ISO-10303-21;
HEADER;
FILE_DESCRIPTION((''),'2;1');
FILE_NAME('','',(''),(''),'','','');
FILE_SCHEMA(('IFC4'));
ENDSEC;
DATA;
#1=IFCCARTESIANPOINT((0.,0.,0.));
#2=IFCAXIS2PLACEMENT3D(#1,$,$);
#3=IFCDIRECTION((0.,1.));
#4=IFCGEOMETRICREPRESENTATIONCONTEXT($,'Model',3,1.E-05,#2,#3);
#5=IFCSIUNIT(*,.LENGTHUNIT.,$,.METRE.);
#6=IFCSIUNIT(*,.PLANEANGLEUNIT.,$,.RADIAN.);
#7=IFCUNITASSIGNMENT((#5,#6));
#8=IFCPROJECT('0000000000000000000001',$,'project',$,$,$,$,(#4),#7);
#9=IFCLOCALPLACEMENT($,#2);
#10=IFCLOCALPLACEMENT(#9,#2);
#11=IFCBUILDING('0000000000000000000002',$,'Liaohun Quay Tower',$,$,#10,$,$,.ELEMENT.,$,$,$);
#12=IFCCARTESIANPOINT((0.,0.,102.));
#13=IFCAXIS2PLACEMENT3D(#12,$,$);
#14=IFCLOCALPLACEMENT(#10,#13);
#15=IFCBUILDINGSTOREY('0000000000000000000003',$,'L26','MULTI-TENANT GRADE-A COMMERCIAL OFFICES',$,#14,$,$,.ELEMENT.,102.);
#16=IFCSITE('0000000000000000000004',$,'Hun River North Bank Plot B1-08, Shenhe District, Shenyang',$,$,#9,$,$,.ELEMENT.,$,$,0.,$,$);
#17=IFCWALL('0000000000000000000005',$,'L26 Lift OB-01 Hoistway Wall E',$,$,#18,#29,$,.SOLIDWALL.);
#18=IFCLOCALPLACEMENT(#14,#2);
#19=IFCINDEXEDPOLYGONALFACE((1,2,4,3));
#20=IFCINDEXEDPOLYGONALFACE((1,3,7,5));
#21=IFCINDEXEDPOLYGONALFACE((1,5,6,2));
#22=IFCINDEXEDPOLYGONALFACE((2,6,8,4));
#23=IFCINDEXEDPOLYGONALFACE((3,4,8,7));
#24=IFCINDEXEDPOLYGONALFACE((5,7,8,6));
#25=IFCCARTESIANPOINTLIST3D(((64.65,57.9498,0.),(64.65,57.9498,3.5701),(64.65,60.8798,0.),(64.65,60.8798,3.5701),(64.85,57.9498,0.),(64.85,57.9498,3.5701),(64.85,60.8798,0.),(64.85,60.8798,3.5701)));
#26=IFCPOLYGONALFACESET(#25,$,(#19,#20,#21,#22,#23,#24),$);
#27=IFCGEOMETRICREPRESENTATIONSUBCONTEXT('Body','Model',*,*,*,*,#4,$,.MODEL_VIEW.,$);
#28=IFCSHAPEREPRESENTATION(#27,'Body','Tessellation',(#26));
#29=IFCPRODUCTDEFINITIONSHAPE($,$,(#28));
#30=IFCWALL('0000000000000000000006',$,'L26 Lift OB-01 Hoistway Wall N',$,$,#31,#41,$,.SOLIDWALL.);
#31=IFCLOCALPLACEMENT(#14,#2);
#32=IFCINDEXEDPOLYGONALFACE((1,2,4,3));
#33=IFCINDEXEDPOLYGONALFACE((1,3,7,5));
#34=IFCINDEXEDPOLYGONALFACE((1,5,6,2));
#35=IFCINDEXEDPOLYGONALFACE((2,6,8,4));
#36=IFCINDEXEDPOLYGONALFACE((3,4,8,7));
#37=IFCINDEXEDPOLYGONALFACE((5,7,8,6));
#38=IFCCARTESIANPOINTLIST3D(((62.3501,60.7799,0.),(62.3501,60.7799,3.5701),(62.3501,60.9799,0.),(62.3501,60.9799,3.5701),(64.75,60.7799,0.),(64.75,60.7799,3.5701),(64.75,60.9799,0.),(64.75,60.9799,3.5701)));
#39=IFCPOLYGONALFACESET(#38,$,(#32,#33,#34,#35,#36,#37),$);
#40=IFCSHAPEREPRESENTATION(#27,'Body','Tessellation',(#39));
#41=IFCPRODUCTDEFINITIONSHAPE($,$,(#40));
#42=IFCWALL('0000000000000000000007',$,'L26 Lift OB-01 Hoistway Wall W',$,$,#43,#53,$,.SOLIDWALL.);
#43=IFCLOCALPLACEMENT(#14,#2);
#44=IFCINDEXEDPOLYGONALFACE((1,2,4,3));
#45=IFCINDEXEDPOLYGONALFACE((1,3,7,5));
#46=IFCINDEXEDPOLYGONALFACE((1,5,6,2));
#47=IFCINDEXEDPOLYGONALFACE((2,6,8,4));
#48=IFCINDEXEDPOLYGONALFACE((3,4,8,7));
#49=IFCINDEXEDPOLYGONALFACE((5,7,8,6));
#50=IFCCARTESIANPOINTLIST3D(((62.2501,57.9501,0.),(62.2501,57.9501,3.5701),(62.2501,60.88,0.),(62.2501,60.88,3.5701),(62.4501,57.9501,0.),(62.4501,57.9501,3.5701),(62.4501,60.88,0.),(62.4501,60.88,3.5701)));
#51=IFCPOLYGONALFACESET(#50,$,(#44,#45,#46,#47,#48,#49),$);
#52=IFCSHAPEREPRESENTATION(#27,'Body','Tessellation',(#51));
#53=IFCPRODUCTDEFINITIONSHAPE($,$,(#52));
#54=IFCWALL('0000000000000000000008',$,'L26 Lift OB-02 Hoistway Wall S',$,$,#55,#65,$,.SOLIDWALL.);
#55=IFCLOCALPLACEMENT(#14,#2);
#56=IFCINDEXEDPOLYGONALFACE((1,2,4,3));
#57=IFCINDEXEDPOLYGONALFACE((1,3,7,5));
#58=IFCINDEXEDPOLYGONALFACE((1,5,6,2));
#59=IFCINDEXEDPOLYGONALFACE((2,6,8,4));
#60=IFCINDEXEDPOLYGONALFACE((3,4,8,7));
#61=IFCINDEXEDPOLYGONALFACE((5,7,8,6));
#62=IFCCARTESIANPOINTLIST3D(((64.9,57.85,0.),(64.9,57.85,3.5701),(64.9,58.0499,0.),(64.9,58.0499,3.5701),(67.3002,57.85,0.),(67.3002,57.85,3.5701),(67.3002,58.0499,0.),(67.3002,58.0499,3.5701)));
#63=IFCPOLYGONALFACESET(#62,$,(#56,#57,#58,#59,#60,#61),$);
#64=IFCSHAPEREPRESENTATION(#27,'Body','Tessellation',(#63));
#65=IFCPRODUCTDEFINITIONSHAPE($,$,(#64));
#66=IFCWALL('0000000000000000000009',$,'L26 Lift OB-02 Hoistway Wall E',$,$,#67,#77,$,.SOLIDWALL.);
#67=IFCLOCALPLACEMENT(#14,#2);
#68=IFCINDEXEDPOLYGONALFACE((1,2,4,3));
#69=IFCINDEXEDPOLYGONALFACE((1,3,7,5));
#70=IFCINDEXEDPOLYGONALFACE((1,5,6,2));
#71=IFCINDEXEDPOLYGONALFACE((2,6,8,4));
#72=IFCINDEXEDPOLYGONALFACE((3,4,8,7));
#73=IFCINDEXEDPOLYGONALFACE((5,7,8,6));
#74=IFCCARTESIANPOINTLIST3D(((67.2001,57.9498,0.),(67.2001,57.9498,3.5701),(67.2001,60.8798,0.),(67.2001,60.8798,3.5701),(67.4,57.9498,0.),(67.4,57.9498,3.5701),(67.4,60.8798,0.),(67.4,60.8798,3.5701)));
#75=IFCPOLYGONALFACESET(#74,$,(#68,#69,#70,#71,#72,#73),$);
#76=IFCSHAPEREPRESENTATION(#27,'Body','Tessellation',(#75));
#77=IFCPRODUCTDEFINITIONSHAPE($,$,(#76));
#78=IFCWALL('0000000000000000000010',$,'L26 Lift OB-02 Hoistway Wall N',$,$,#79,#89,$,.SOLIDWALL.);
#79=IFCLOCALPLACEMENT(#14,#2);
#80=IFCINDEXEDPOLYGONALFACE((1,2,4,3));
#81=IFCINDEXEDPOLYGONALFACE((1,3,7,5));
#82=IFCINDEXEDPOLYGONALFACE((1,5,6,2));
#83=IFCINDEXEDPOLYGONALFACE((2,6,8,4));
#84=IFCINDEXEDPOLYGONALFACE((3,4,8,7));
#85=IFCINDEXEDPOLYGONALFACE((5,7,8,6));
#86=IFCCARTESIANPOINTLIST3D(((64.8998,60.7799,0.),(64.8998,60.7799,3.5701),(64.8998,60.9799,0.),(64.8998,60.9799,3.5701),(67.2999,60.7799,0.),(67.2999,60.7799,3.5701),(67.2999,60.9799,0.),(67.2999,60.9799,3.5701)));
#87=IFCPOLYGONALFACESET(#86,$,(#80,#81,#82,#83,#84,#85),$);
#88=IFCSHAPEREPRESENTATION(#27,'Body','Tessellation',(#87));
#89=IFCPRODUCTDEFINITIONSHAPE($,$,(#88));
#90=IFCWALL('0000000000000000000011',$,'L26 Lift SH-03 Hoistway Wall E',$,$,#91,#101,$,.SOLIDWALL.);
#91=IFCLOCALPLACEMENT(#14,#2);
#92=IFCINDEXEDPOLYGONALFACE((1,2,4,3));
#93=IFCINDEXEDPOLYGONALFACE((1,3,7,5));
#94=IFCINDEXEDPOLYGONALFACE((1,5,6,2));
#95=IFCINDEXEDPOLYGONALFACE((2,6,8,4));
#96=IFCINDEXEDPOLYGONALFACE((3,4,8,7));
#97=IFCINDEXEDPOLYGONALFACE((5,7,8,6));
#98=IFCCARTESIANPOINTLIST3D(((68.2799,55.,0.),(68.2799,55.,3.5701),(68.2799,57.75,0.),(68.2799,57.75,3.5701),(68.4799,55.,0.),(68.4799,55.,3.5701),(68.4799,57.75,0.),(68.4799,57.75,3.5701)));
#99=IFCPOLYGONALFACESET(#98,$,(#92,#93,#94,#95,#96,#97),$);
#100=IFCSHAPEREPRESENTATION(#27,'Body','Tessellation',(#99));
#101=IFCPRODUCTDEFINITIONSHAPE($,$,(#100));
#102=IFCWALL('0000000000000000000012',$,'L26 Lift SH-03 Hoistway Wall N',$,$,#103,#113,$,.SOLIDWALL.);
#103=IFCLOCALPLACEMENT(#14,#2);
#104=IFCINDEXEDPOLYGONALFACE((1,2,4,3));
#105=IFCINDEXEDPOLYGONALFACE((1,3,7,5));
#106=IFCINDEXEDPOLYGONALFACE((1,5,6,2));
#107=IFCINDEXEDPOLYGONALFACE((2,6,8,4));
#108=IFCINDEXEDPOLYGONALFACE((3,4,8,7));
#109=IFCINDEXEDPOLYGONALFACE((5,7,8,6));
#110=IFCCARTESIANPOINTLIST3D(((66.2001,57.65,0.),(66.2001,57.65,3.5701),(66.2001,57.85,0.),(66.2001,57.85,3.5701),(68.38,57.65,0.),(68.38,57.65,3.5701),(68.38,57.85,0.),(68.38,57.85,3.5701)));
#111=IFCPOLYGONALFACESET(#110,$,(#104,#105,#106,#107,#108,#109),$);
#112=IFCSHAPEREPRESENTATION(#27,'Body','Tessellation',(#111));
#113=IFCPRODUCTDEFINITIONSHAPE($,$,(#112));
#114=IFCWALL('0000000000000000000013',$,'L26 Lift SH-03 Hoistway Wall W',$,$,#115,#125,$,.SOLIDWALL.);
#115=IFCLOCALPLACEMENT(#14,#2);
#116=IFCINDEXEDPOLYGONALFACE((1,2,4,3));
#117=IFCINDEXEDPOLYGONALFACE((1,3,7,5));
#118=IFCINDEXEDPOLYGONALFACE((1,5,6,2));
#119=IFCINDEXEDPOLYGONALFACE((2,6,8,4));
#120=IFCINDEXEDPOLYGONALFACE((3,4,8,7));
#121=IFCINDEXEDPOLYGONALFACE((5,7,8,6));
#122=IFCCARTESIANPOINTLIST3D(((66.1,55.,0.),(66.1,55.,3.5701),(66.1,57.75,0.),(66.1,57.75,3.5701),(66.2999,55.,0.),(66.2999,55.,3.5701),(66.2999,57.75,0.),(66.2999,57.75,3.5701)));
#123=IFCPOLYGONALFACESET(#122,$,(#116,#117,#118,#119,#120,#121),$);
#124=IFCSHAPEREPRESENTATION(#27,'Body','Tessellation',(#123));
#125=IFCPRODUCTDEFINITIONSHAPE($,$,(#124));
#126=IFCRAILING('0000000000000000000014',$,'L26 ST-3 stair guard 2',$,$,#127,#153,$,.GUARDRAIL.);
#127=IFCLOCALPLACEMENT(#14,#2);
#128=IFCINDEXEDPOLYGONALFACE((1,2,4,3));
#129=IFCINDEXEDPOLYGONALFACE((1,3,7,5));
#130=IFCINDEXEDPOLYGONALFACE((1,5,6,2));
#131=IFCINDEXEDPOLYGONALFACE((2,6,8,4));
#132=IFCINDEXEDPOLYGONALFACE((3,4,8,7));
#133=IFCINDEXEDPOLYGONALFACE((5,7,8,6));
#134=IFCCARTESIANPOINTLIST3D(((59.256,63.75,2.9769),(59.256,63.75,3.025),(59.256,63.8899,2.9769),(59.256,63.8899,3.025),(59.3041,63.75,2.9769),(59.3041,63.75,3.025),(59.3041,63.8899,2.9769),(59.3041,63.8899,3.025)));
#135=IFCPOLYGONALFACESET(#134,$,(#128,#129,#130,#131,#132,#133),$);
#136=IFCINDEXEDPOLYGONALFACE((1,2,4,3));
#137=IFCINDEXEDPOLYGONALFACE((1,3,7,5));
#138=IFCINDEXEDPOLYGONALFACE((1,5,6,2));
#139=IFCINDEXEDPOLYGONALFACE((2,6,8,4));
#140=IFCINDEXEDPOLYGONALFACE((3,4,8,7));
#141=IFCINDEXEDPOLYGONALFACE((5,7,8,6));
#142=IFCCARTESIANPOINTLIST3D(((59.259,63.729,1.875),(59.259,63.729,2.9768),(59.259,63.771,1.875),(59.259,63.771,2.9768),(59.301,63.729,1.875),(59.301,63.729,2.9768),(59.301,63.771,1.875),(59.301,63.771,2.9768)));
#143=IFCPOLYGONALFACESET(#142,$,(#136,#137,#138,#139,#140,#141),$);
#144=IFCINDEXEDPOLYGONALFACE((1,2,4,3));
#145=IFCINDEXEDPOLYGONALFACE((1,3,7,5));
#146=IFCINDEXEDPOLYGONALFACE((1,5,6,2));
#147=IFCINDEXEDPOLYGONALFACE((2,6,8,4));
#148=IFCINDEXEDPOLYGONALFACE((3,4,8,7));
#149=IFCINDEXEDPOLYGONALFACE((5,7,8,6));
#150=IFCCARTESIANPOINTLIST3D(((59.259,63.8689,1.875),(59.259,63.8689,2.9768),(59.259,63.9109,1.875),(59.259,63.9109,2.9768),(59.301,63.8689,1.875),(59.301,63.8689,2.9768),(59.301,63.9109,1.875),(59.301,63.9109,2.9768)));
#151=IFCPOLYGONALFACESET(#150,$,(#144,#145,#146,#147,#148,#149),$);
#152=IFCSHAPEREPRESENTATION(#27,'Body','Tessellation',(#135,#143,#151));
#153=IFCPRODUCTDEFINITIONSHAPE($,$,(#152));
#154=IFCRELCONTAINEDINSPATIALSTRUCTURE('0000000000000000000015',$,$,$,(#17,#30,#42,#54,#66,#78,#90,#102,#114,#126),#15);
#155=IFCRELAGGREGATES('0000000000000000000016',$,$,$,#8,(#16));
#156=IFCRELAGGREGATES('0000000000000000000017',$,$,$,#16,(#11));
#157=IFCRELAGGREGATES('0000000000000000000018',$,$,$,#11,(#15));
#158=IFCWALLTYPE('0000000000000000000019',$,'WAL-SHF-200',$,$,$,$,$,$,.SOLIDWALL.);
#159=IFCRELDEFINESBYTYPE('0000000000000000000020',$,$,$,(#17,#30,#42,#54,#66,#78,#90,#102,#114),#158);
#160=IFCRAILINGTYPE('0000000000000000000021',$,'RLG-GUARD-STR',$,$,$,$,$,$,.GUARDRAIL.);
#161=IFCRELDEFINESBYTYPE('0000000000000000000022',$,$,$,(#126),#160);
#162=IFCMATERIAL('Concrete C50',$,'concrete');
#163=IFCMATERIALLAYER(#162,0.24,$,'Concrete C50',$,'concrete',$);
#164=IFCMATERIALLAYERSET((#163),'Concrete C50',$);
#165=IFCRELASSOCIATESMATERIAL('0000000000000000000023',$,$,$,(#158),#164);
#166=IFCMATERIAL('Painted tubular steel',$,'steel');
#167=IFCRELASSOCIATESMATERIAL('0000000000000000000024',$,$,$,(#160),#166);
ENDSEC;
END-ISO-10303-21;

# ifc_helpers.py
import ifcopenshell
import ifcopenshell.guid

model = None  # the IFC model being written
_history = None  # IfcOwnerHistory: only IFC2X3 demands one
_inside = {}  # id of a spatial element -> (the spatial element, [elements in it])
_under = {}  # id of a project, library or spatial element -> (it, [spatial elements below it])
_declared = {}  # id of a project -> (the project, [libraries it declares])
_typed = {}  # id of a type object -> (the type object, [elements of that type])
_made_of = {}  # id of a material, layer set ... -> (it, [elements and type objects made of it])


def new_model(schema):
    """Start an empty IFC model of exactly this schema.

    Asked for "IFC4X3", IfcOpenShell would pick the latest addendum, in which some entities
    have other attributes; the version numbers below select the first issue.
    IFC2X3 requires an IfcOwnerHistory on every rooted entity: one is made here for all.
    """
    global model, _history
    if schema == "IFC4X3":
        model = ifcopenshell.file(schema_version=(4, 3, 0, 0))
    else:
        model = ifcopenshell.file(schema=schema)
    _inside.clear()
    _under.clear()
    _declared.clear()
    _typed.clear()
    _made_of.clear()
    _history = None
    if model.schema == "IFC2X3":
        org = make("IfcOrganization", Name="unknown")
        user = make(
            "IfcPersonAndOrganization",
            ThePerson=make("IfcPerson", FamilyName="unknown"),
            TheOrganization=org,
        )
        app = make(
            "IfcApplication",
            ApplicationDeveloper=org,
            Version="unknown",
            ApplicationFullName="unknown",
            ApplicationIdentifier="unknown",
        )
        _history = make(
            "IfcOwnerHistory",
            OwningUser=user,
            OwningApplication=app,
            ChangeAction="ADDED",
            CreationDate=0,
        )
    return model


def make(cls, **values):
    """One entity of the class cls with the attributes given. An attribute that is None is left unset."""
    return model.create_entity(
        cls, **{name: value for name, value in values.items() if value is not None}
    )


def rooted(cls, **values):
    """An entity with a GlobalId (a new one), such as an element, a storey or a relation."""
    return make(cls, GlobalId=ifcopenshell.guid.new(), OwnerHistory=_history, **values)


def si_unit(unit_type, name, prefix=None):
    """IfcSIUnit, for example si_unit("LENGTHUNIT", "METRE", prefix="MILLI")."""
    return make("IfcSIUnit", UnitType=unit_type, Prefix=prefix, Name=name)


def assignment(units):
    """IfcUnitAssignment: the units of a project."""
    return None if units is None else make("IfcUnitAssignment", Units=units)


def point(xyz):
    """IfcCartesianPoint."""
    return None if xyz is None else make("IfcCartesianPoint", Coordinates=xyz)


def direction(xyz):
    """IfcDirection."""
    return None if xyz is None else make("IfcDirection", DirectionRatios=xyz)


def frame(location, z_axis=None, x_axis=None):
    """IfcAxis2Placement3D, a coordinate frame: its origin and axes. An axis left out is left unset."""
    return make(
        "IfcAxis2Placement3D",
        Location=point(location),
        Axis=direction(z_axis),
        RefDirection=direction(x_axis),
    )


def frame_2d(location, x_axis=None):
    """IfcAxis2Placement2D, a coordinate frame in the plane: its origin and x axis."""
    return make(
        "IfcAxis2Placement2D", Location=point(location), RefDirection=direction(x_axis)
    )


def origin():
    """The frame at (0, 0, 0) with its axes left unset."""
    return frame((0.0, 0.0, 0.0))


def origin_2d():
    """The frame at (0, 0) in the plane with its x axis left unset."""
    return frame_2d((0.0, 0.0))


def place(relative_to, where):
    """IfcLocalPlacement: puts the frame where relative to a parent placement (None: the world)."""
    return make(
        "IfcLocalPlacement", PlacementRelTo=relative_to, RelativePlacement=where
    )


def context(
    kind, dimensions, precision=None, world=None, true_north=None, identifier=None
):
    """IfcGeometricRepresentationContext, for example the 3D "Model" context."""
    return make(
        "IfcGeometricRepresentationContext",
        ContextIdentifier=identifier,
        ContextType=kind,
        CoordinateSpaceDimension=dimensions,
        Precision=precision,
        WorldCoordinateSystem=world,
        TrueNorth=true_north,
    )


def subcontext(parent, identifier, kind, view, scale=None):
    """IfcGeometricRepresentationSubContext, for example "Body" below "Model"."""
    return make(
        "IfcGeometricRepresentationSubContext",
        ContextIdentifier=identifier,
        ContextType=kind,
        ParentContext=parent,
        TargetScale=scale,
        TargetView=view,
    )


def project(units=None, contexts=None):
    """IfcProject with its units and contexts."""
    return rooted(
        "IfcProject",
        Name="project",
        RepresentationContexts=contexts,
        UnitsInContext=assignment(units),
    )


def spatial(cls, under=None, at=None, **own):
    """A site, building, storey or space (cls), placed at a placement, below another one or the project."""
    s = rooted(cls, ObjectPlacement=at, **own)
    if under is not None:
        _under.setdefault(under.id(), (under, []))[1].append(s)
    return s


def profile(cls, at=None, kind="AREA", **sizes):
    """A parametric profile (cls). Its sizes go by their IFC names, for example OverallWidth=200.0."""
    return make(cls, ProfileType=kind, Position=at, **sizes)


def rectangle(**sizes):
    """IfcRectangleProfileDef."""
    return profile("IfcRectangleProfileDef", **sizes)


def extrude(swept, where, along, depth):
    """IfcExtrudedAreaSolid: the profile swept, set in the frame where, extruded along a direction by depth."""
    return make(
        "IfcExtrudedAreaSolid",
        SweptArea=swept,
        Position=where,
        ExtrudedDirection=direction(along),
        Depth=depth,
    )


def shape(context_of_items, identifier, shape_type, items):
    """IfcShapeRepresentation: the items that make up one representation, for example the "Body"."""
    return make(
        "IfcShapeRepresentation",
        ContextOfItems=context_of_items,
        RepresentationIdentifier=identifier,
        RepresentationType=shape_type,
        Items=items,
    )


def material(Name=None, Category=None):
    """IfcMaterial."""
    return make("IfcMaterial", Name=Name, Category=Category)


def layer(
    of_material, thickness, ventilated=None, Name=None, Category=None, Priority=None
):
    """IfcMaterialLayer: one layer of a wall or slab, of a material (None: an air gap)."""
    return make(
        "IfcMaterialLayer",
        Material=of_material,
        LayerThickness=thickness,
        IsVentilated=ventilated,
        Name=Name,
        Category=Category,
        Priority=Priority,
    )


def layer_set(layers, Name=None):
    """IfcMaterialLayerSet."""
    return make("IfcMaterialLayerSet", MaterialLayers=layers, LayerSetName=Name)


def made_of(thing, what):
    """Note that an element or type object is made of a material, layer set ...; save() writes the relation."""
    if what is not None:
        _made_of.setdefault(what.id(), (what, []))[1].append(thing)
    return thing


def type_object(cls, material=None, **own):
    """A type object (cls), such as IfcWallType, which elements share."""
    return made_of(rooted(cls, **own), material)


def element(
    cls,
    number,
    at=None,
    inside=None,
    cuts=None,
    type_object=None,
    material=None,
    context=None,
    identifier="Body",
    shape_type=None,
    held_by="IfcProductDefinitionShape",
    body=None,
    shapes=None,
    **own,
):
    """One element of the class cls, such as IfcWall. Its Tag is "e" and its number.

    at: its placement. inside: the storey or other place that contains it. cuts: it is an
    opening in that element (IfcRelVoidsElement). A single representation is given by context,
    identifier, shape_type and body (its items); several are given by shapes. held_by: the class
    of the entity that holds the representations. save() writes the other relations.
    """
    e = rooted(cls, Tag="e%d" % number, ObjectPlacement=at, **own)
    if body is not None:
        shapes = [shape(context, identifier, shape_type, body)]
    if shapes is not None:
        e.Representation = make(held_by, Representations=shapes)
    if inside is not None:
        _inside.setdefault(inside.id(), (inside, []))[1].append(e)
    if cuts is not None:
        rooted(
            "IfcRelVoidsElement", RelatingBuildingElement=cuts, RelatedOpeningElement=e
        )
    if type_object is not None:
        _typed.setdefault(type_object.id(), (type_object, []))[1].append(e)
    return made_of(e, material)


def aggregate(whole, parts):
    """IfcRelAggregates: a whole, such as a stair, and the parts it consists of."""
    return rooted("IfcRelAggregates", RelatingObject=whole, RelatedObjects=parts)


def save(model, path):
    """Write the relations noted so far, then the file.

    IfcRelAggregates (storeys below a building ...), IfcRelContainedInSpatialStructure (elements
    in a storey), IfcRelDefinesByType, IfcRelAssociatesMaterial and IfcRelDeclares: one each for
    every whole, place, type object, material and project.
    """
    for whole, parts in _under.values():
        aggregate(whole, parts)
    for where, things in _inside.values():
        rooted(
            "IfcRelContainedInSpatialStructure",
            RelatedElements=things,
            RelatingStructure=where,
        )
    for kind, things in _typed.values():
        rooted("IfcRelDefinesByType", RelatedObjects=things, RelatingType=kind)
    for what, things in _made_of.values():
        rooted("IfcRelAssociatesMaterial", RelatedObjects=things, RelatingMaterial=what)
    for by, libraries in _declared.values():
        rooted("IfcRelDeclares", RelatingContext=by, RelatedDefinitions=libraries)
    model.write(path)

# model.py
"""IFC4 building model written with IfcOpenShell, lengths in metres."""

from ifc_helpers import new_model, si_unit, direction, frame, frame_2d, origin, origin_2d, place, context, subcontext, project, spatial, rectangle, extrude, material, layer, layer_set, type_object, element, save


model = new_model("IFC4")

# Units and contexts
model_context = context("Model", 3, precision=1e-05, world=origin(), true_north=direction((0.0, 1.0)))
body_context = subcontext(model_context, "Body", "Model", "MODEL_VIEW")
ifc_project = project(units=[si_unit("LENGTHUNIT", "METRE"), si_unit("PLANEANGLEUNIT", "RADIAN")], contexts=[model_context])

# Site, building, storey
site_placement = place(None, origin())
site = spatial("IfcSite", under=ifc_project, at=site_placement, Name="Hun River North Bank Plot B1-08, Shenhe District, Shenyang", CompositionType="ELEMENT", RefElevation=0.0)
building_placement = place(site_placement, origin())
building = spatial("IfcBuilding", under=site, at=building_placement, Name="Liaohun Quay Tower", CompositionType="ELEMENT")
storey_placement = place(building_placement, frame((0.0, 0.0, 102.0)))
storey = spatial("IfcBuildingStorey", under=building, at=storey_placement, Name="L26", Description="MULTI-TENANT GRADE-A COMMERCIAL OFFICES", CompositionType="ELEMENT", Elevation=102.0)

# Shared definitions
ifc_material_1 = material(Name="Concrete C50", Category="concrete")
ifc_layer_1 = layer(ifc_material_1, 0.24, Name="Concrete C50", Category="concrete")
ifc_layer_set_1 = layer_set([ifc_layer_1], Name="Concrete C50")
wall_type_1 = type_object("IfcWallType", Name="WAL-SHF-200", PredefinedType="SOLIDWALL", material=ifc_layer_set_1)

# Walls
wall_1_placement = place(storey_placement, frame((64.75, 57.95, 0.0), z_axis=(0.0, 0.0, 1.0), x_axis=(0.0, 1.0, 0.0)))
element("IfcWall", 1, at=wall_1_placement, inside=storey, type_object=wall_type_1, Name="L26 Lift OB-01 Hoistway Wall E", PredefinedType="SOLIDWALL", context=body_context, shape_type="SweptSolid", body=[
    extrude(rectangle(XDim=2.9299, YDim=0.2, at=frame_2d((1.4648, 0.0))), origin(), (0.0, 0.0, 1.0), 3.5701),
])
wall_2_placement = place(storey_placement, frame((64.75, 60.8799, 0.0), z_axis=(0.0, 0.0, 1.0), x_axis=(-1.0, 0.0, 0.0)))
element("IfcWall", 2, at=wall_2_placement, inside=storey, type_object=wall_type_1, Name="L26 Lift OB-01 Hoistway Wall N", PredefinedType="SOLIDWALL", context=body_context, shape_type="SweptSolid", body=[
    extrude(rectangle(XDim=2.3999, YDim=0.2, at=frame_2d((1.2, 0.0))), origin(), (0.0, 0.0, 1.0), 3.5701),
])
wall_3_placement = place(storey_placement, frame((62.3501, 60.8799, 0.0), z_axis=(0.0, 0.0, 1.0), x_axis=(0.0, -1.0, 0.0)))
element("IfcWall", 3, at=wall_3_placement, inside=storey, type_object=wall_type_1, Name="L26 Lift OB-01 Hoistway Wall W", PredefinedType="SOLIDWALL", context=body_context, shape_type="SweptSolid", body=[
    extrude(rectangle(XDim=2.9299, YDim=0.2, at=frame_2d((1.4648, 0.0))), origin(), (0.0, 0.0, 1.0), 3.5701),
])
wall_4_placement = place(storey_placement, frame((64.8999, 57.95, 0.0), z_axis=(0.0, 0.0, 1.0), x_axis=(1.0, 0.0, 0.0)))
element("IfcWall", 4, at=wall_4_placement, inside=storey, type_object=wall_type_1, Name="L26 Lift OB-02 Hoistway Wall S", PredefinedType="SOLIDWALL", context=body_context, shape_type="SweptSolid", body=[
    extrude(rectangle(XDim=2.4001, YDim=0.2, at=frame_2d((1.2002, 0.0))), origin(), (0.0, 0.0, 1.0), 3.5701),
])
wall_5_placement = place(storey_placement, frame((67.3, 57.95, 0.0), z_axis=(0.0, 0.0, 1.0), x_axis=(0.0, 1.0, 0.0)))
element("IfcWall", 5, at=wall_5_placement, inside=storey, type_object=wall_type_1, Name="L26 Lift OB-02 Hoistway Wall E", PredefinedType="SOLIDWALL", context=body_context, shape_type="SweptSolid", body=[
    extrude(rectangle(XDim=2.9299, YDim=0.2, at=frame_2d((1.4648, 0.0))), origin(), (0.0, 0.0, 1.0), 3.5701),
])
wall_6_placement = place(storey_placement, frame((67.3, 60.8799, 0.0), z_axis=(0.0, 0.0, 1.0), x_axis=(-1.0, 0.0, 0.0)))
element("IfcWall", 6, at=wall_6_placement, inside=storey, type_object=wall_type_1, Name="L26 Lift OB-02 Hoistway Wall N", PredefinedType="SOLIDWALL", context=body_context, shape_type="SweptSolid", body=[
    extrude(rectangle(XDim=2.4001, YDim=0.2, at=frame_2d((1.2002, 0.0))), origin(), (0.0, 0.0, 1.0), 3.5701),
])
wall_7_placement = place(storey_placement, frame((68.3799, 55.0, 0.0), z_axis=(0.0, 0.0, 1.0), x_axis=(0.0, 1.0, 0.0)))
element("IfcWall", 7, at=wall_7_placement, inside=storey, type_object=wall_type_1, Name="L26 Lift SH-03 Hoistway Wall E", PredefinedType="SOLIDWALL", context=body_context, shape_type="SweptSolid", body=[
    extrude(rectangle(XDim=2.75, YDim=0.2, at=frame_2d((1.375, 0.0))), origin(), (0.0, 0.0, 1.0), 3.5701),
])
wall_8_placement = place(storey_placement, frame((68.3799, 57.75, 0.0), z_axis=(0.0, 0.0, 1.0), x_axis=(-1.0, 0.0, 0.0)))
element("IfcWall", 8, at=wall_8_placement, inside=storey, type_object=wall_type_1, Name="L26 Lift SH-03 Hoistway Wall N", PredefinedType="SOLIDWALL", context=body_context, shape_type="SweptSolid", body=[
    extrude(rectangle(XDim=2.1799, YDim=0.2, at=frame_2d((1.0898, 0.0))), origin(), (0.0, 0.0, 1.0), 3.5701),
])
wall_9_placement = place(storey_placement, frame((66.2, 57.75, 0.0), z_axis=(0.0, 0.0, 1.0), x_axis=(0.0, -1.0, 0.0)))
element("IfcWall", 9, at=wall_9_placement, inside=storey, type_object=wall_type_1, Name="L26 Lift SH-03 Hoistway Wall W", PredefinedType="SOLIDWALL", context=body_context, shape_type="SweptSolid", body=[
    extrude(rectangle(XDim=2.75, YDim=0.2, at=frame_2d((1.375, 0.0))), origin(), (0.0, 0.0, 1.0), 3.5701),
])

# Railing
ifc_material_2 = material(Name="Painted tubular steel", Category="steel")
railing_type = type_object("IfcRailingType", Name="RLG-GUARD-STR", PredefinedType="GUARDRAIL", material=ifc_material_2)
railing_placement = place(storey_placement, frame((59.28, 63.75, 1.875)))
element("IfcRailing", 10, at=railing_placement, inside=storey, type_object=railing_type, Name="L26 ST-3 stair guard 2", PredefinedType="GUARDRAIL", context=body_context, shape_type="SweptSolid", body=[
    extrude(rectangle(XDim=0.0481, YDim=0.0481, at=origin_2d()), frame((0.0, 0.0, 1.126), z_axis=(0.0, 1.0, 0.0), x_axis=(-1.0, 0.0, 0.0)), (0.0, 0.0, 1.0), 0.1399),
    extrude(rectangle(XDim=0.042, YDim=0.042, at=origin_2d()), origin(), (0.0, 0.0, 1.0), 1.1018),
    extrude(rectangle(XDim=0.042, YDim=0.042, at=origin_2d()), frame((0.0, 0.1399, 0.0)), (0.0, 0.0, 1.0), 1.1018),
])

save(model, "model.ifc")
